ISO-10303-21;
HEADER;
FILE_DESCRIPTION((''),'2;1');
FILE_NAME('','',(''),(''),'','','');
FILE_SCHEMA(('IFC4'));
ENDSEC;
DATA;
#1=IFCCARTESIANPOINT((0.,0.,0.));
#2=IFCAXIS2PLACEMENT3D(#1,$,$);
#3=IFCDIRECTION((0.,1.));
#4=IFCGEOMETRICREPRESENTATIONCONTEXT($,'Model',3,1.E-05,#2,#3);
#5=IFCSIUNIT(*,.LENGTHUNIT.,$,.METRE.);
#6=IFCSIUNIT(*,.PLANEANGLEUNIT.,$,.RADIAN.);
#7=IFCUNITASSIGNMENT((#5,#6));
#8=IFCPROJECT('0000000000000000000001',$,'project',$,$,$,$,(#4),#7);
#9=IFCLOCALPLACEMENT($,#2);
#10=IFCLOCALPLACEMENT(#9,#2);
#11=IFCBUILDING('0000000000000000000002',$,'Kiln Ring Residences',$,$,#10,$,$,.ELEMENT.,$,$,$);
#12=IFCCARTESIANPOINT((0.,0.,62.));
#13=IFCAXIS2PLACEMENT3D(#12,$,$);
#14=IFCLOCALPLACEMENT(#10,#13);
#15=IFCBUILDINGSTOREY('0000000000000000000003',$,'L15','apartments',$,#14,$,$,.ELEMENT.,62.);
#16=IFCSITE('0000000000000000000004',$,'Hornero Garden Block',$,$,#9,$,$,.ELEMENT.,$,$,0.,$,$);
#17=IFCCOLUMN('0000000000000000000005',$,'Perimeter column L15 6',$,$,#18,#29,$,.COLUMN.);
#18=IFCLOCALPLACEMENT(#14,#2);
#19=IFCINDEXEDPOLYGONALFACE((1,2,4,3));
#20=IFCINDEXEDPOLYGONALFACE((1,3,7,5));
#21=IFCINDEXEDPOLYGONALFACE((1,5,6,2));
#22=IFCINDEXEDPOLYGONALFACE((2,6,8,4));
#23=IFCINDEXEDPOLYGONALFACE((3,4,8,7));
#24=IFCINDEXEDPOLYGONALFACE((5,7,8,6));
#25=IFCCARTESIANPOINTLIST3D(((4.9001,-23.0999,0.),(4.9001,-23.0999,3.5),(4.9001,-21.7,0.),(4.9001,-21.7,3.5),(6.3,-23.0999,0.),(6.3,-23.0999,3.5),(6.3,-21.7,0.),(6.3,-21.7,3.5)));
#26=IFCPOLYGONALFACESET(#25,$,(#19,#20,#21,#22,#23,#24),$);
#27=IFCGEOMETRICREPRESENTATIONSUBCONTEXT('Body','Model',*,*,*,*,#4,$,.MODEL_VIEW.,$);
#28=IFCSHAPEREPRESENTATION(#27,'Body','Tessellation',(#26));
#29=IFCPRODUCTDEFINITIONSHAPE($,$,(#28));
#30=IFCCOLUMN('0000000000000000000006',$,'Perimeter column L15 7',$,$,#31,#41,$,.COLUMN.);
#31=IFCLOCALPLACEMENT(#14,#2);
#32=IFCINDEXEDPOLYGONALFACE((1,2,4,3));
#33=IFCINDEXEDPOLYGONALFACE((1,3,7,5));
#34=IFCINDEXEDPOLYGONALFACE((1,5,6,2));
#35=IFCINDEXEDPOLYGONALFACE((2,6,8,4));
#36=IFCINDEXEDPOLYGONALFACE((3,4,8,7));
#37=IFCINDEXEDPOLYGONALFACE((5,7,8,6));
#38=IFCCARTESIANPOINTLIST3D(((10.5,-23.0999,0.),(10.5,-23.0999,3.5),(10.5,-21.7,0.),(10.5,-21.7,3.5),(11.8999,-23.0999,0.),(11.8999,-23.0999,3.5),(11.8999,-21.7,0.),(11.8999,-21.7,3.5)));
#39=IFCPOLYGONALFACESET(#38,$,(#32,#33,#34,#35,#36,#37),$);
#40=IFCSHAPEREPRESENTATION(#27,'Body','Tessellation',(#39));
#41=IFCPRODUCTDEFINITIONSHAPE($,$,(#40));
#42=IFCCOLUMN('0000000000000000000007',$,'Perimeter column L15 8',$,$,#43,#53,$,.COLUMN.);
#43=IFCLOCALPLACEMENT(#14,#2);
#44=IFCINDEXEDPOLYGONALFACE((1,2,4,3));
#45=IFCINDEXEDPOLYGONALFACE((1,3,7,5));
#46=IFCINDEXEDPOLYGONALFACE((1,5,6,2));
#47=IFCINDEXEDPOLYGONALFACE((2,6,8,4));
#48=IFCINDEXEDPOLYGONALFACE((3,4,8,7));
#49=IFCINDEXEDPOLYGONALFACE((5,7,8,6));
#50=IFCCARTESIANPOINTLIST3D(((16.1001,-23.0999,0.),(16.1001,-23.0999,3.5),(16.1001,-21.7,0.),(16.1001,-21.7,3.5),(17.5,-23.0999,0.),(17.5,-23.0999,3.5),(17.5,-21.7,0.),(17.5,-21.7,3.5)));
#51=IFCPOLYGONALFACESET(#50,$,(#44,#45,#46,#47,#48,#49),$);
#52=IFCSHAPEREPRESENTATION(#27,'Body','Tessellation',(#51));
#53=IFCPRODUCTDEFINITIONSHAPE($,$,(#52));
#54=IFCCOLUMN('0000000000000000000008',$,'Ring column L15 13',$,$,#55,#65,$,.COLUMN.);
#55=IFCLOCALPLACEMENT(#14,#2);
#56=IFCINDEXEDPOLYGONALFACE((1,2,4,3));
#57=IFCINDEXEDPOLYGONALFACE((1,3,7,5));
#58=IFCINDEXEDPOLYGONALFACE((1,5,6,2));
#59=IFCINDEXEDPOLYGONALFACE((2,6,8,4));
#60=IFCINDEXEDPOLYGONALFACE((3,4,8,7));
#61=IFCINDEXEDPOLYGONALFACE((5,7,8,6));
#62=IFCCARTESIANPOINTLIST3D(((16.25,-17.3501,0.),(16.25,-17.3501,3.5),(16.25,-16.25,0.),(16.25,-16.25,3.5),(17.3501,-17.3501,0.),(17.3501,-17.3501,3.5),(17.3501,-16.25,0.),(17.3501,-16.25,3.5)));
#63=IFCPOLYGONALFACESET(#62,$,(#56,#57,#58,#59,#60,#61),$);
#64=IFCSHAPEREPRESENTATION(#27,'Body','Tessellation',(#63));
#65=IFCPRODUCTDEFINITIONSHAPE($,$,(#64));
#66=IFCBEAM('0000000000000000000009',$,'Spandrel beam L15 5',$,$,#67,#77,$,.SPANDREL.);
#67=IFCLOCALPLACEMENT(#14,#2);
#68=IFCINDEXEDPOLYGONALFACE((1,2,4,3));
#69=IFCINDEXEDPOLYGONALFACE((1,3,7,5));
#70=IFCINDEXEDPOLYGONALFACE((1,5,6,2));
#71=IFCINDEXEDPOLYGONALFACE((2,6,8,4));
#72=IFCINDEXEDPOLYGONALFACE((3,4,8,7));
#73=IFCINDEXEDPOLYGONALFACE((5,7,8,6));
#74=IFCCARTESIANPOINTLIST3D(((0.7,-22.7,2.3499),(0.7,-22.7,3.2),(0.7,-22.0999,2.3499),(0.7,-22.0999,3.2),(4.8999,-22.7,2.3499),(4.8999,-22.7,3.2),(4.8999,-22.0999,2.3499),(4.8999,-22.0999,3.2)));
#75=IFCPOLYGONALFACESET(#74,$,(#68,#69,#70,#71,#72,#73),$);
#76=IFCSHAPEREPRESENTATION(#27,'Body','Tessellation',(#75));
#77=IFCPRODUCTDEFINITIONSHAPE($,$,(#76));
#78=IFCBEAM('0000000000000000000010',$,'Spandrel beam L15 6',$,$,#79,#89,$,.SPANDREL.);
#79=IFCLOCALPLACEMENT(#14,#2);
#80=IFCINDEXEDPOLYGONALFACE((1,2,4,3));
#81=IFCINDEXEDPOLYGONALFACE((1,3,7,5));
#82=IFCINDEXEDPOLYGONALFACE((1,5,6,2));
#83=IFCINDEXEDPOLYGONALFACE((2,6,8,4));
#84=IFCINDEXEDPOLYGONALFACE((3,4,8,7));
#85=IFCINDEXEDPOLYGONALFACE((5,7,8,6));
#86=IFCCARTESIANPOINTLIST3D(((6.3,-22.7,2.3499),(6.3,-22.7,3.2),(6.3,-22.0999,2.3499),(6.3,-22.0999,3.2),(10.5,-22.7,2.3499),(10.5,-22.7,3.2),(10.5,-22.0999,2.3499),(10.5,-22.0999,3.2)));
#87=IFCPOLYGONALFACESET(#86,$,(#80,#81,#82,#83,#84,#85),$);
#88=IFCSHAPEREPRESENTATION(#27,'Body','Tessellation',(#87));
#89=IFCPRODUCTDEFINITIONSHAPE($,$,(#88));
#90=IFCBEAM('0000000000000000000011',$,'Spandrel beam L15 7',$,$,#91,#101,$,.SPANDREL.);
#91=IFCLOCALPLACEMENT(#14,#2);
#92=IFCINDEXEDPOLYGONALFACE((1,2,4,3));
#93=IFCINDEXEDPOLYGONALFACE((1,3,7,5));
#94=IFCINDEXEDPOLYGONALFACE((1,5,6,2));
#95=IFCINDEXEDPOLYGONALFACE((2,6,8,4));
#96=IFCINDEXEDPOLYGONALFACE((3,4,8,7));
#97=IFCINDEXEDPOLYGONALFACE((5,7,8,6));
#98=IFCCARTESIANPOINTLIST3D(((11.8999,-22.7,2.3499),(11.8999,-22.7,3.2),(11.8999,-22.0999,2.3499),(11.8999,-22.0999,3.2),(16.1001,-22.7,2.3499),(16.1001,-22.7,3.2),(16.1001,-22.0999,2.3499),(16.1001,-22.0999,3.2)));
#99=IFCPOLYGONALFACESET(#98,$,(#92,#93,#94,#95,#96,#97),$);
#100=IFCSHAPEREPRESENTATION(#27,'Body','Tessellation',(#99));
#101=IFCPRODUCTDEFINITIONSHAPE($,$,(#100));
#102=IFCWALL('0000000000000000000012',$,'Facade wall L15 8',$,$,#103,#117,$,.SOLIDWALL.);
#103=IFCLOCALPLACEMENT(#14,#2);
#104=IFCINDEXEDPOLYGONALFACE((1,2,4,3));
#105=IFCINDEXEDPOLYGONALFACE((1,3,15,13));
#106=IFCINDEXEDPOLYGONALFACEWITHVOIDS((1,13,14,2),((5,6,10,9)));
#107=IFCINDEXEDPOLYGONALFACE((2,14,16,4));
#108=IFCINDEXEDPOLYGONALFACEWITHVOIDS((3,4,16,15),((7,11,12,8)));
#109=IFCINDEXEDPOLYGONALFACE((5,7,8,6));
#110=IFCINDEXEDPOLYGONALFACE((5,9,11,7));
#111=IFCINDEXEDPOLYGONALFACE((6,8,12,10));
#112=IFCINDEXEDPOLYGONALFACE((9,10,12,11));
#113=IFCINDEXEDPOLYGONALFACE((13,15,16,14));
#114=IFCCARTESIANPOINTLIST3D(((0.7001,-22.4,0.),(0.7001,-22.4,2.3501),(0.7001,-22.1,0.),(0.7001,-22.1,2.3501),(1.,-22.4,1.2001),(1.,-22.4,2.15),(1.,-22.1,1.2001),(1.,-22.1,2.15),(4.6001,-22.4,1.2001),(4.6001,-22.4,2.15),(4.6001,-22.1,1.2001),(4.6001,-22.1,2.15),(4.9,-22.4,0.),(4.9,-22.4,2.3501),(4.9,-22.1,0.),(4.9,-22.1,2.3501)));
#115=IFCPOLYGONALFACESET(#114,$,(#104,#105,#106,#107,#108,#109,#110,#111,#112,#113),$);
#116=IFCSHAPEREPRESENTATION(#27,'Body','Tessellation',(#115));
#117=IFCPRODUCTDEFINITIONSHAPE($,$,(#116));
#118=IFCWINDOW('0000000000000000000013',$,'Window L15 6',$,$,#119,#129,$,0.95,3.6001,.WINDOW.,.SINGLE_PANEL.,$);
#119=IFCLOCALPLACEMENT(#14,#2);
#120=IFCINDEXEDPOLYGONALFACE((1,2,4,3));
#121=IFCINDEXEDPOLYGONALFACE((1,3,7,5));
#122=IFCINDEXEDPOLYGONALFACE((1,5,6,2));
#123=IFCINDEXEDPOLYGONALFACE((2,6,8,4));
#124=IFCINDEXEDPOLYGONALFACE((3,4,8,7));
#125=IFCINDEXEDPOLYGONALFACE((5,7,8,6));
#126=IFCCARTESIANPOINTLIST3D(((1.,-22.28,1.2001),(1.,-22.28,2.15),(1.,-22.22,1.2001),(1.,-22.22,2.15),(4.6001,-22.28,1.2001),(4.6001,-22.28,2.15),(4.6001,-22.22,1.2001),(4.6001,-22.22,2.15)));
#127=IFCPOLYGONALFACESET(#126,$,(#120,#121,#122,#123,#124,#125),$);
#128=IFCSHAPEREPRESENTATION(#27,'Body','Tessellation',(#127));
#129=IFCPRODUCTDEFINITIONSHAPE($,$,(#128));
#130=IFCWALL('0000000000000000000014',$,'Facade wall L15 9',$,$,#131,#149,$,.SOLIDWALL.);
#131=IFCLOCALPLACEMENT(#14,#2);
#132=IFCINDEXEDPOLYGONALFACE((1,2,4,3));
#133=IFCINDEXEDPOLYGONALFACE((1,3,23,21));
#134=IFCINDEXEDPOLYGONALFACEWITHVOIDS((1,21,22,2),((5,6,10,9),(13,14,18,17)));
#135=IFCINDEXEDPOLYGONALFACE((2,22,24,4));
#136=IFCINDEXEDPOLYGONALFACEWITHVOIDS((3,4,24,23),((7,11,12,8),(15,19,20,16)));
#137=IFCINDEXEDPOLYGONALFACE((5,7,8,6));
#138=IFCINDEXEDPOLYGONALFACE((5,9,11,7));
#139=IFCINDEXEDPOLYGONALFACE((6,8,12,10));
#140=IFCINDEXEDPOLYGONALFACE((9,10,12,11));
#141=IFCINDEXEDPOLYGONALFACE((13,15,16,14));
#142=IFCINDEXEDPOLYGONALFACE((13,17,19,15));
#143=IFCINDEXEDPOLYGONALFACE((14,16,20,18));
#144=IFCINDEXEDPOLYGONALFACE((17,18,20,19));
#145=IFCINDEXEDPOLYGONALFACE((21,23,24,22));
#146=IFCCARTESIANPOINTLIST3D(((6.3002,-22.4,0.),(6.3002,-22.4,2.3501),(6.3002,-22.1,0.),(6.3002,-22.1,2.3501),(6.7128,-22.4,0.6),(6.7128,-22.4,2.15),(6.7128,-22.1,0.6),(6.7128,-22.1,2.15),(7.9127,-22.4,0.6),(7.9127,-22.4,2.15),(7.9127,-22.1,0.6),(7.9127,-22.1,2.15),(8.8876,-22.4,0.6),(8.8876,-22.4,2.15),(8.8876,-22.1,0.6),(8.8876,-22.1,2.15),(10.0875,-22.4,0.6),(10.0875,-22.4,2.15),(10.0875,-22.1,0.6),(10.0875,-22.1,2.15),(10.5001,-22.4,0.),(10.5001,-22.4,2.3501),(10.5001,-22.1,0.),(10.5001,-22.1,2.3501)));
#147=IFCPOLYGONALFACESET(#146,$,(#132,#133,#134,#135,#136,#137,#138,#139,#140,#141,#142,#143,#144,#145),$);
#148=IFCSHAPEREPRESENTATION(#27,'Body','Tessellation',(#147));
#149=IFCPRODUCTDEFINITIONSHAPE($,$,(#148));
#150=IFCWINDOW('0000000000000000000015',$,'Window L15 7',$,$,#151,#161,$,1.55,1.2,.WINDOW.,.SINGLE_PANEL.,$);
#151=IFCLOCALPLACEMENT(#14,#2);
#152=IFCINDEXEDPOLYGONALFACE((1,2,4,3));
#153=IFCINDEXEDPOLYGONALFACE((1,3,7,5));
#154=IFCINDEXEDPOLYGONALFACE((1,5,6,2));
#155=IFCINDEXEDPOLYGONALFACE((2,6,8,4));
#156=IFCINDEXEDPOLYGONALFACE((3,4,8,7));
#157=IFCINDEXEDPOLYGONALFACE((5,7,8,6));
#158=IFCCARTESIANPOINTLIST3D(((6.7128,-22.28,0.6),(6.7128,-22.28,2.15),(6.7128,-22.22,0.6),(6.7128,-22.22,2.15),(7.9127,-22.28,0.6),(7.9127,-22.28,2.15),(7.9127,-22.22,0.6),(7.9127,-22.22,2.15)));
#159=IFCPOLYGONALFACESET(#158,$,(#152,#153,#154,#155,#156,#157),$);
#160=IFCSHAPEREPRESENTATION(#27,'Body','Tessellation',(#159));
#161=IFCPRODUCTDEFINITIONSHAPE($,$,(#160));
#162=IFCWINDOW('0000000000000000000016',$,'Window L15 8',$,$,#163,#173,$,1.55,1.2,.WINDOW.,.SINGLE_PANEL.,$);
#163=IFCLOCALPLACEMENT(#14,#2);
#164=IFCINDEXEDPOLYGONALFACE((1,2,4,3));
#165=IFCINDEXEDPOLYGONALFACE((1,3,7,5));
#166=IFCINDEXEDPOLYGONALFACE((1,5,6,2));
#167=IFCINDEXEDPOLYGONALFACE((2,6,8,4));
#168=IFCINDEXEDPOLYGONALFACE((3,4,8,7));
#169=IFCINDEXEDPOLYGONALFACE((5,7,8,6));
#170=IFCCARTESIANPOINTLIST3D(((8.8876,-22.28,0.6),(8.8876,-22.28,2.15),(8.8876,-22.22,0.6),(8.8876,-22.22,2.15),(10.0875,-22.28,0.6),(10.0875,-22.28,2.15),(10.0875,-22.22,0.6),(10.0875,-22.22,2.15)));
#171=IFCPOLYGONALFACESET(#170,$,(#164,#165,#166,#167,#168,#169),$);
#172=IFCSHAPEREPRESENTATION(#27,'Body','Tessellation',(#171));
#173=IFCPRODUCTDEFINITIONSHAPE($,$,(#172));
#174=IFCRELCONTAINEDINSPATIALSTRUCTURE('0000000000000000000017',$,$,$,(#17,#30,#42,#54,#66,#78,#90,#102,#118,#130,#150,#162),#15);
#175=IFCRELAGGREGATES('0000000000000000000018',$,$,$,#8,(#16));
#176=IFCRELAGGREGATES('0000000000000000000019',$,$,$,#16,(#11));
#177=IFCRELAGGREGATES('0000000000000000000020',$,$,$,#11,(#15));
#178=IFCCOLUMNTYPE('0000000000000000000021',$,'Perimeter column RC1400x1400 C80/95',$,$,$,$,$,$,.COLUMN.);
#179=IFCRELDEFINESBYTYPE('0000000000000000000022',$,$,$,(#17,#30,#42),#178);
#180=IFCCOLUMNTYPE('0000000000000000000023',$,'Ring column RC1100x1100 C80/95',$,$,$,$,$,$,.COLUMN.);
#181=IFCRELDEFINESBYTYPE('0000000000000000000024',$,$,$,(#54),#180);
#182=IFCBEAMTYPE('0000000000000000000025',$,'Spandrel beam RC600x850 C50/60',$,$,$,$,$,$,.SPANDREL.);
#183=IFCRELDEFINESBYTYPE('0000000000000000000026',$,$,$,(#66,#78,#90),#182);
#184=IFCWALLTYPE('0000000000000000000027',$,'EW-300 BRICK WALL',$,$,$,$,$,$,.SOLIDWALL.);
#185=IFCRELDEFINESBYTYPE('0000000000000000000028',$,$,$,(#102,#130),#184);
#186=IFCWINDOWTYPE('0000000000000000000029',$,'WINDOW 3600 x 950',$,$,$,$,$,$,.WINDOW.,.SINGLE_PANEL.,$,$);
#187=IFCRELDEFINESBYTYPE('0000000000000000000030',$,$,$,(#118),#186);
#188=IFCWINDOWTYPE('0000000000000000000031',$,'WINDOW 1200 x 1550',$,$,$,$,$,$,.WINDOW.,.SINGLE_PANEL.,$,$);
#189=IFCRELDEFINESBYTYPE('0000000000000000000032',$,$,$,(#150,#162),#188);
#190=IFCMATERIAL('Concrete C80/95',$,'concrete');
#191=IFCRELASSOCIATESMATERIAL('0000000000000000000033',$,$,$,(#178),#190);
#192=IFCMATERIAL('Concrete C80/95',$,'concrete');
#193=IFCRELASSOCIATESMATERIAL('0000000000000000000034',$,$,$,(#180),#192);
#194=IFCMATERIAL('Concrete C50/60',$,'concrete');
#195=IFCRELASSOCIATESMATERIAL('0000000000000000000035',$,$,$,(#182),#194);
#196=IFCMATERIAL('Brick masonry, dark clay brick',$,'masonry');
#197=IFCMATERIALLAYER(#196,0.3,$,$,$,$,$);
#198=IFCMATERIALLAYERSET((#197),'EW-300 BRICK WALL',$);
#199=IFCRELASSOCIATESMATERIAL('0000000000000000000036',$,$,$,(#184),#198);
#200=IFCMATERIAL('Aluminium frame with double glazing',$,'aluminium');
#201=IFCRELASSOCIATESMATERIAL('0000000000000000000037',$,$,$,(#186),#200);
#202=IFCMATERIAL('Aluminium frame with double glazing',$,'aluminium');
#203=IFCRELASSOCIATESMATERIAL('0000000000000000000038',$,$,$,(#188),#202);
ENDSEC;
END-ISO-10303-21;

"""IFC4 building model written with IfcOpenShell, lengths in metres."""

from ifc_helpers import new_model, si_unit, direction, frame, frame_2d, origin, origin_2d, place, context, subcontext, project, spatial, rectangle, extrude, material, layer, layer_set, material_profile, profile_set, type_object, element, fill, save


model = new_model("IFC4")

# Units and contexts
model_context = context("Model", 3, precision=1e-05, world=origin(), true_north=direction((0.0, 1.0)))
body_context = subcontext(model_context, "Body", "Model", "MODEL_VIEW")
ifc_project = project(units=[si_unit("LENGTHUNIT", "METRE"), si_unit("PLANEANGLEUNIT", "RADIAN")], contexts=[model_context])

# Site, building, storey
site_placement = place(None, origin())
site = spatial("IfcSite", under=ifc_project, at=site_placement, Name="Hornero Garden Block", CompositionType="ELEMENT", RefElevation=0.0)
building_placement = place(site_placement, origin())
building = spatial("IfcBuilding", under=site, at=building_placement, Name="Kiln Ring Residences", CompositionType="ELEMENT")
storey_placement = place(building_placement, frame((0.0, 0.0, 62.0)))
storey = spatial("IfcBuildingStorey", under=building, at=storey_placement, Name="L15", Description="apartments", CompositionType="ELEMENT", Elevation=62.0)

# Columns
ifc_material_1 = material(Name="Concrete C80/95", Category="concrete")
ifc_material_profile_1 = material_profile(ifc_material_1, rectangle(XDim=1.3999, YDim=1.3999, at=origin_2d()), Name="RC1400x1400")
ifc_profile_set_1 = profile_set([ifc_material_profile_1], Name="Concrete C80/95")
column_type_1 = type_object("IfcColumnType", Name="Perimeter column RC1400x1400 C80/95", PredefinedType="COLUMN", material=ifc_profile_set_1)
for number, where, z_axis, x_axis, name in (
    (1, (5.6001, -22.3999, 0.0), (0.0, 0.0, 1.0), (1.0, 0.0, 0.0), "Perimeter column L15 6"),
    (2, (11.2, -22.3999, 0.0), (0.0, 0.0, 1.0), (1.0, 0.0, 0.0), "Perimeter column L15 7"),
    (3, (16.8, -22.3999, 0.0), (0.0, 0.0, 1.0), (1.0, 0.0, 0.0), "Perimeter column L15 8"),
):
    element("IfcColumn", number, at=place(storey_placement, frame(where, z_axis=z_axis, x_axis=x_axis)), inside=storey, type_object=column_type_1, Name=name, PredefinedType="COLUMN", context=body_context, shape_type="SweptSolid", body=[
        extrude(rectangle(XDim=1.3999, YDim=1.3999, at=origin_2d()), origin(), (0.0, 0.0, 1.0), 3.5),
    ])
ifc_material_2 = material(Name="Concrete C80/95", Category="concrete")
ifc_material_profile_2 = material_profile(ifc_material_2, rectangle(XDim=1.1001, YDim=1.1001, at=origin_2d()), Name="RC1100x1100")
ifc_profile_set_2 = profile_set([ifc_material_profile_2], Name="Concrete C80/95")
column_type_2 = type_object("IfcColumnType", Name="Ring column RC1100x1100 C80/95", PredefinedType="COLUMN", material=ifc_profile_set_2)
column_placement = place(storey_placement, frame((16.8, -16.8, 0.0), z_axis=(0.0, 0.0, 1.0), x_axis=(1.0, 0.0, 0.0)))
element("IfcColumn", 4, at=column_placement, inside=storey, type_object=column_type_2, Name="Ring column L15 13", PredefinedType="COLUMN", context=body_context, shape_type="SweptSolid", body=[
    extrude(rectangle(XDim=1.1001, YDim=1.1001, at=origin_2d()), origin(), (0.0, 0.0, 1.0), 3.5),
])

# Beams
ifc_material_3 = material(Name="Concrete C50/60", Category="concrete")
ifc_material_profile_3 = material_profile(ifc_material_3, rectangle(XDim=0.6001, YDim=0.8501, at=origin_2d()), Name="RC600x850")
ifc_profile_set_3 = profile_set([ifc_material_profile_3], Name="Concrete C50/60")
beam_type = type_object("IfcBeamType", Name="Spandrel beam RC600x850 C50/60", PredefinedType="SPANDREL", material=ifc_profile_set_3)
for number, where, z_axis, x_axis, name in (
    (5, (0.7, -22.3999, 2.7749), (1.0, 0.0, 0.0), (0.0, 1.0, 0.0), "Spandrel beam L15 5"),
    (6, (6.3, -22.3999, 2.7749), (1.0, 0.0, 0.0), (0.0, 1.0, 0.0), "Spandrel beam L15 6"),
):
    element("IfcBeam", number, at=place(storey_placement, frame(where, z_axis=z_axis, x_axis=x_axis)), inside=storey, type_object=beam_type, Name=name, PredefinedType="SPANDREL", context=body_context, shape_type="SweptSolid", body=[
        extrude(rectangle(XDim=0.6001, YDim=0.8501, at=origin_2d()), origin(), (0.0, 0.0, 1.0), 4.2),
    ])
beam_placement = place(storey_placement, frame((11.8999, -22.3999, 2.7749), z_axis=(1.0, 0.0, 0.0), x_axis=(0.0, 1.0, 0.0)))
element("IfcBeam", 7, at=beam_placement, inside=storey, type_object=beam_type, Name="Spandrel beam L15 7", PredefinedType="SPANDREL", context=body_context, shape_type="SweptSolid", body=[
    extrude(rectangle(XDim=0.6001, YDim=0.8501, at=origin_2d()), origin(), (0.0, 0.0, 1.0), 4.2002),
])

# Wall, opening, window
ifc_material_4 = material(Name="Brick masonry, dark clay brick", Category="masonry")
ifc_layer_1 = layer(ifc_material_4, 0.3)
ifc_layer_set_1 = layer_set([ifc_layer_1], Name="EW-300 BRICK WALL")
wall_type_1 = type_object("IfcWallType", Name="EW-300 BRICK WALL", PredefinedType="SOLIDWALL", material=ifc_layer_set_1)
wall_1_placement = place(storey_placement, frame((0.7, -22.25, 0.0), z_axis=(0.0, 0.0, 1.0), x_axis=(1.0, 0.0, 0.0)))
wall_1 = element("IfcWall", 8, at=wall_1_placement, inside=storey, type_object=wall_type_1, Name="Facade wall L15 8", PredefinedType="SOLIDWALL", context=body_context, shape_type="SweptSolid", body=[
    extrude(rectangle(XDim=4.2, YDim=0.3, at=frame_2d((2.1001, 0.0))), origin(), (0.0, 0.0, 1.0), 2.3501),
])
opening_1_placement = place(wall_1_placement, frame((0.3, 0.0, 1.2)))
opening_1 = element("IfcOpeningElement", 9, at=opening_1_placement, cuts=wall_1, PredefinedType="OPENING", context=body_context, shape_type="SweptSolid", body=[
    extrude(rectangle(XDim=3.6001, YDim=0.95, at=frame_2d((1.8, 0.4751))), frame((0.0, 0.1599, 0.0), z_axis=(0.0, -1.0, 0.0), x_axis=(1.0, 0.0, 0.0)), (0.0, 0.0, 1.0), 0.3201),
])
ifc_material_5 = material(Name="Aluminium frame with double glazing", Category="aluminium")
window_type_1 = type_object("IfcWindowType", Name="WINDOW 3600 x 950", PartitioningType="SINGLE_PANEL", PredefinedType="WINDOW", material=ifc_material_5)
window_1_placement = place(opening_1_placement, origin())
window_1 = element("IfcWindow", 10, at=window_1_placement, inside=storey, type_object=window_type_1, Name="Window L15 6", OverallHeight=0.95, OverallWidth=3.6001, PartitioningType="SINGLE_PANEL", PredefinedType="WINDOW", context=body_context, shape_type="SweptSolid", body=[
    extrude(rectangle(XDim=3.6001, YDim=0.95, at=frame_2d((1.8, 0.4751))), frame((0.0, 0.03, 0.0), z_axis=(0.0, -1.0, 0.0), x_axis=(1.0, 0.0, 0.0)), (0.0, 0.0, 1.0), 0.0601),
])
fill(opening_1, window_1)

# Wall, openings, windows
wall_2_placement = place(storey_placement, frame((6.3, -22.25, 0.0), z_axis=(0.0, 0.0, 1.0), x_axis=(1.0, 0.0, 0.0)))
wall_2 = element("IfcWall", 11, at=wall_2_placement, inside=storey, type_object=wall_type_1, Name="Facade wall L15 9", PredefinedType="SOLIDWALL", context=body_context, shape_type="SweptSolid", body=[
    extrude(rectangle(XDim=4.2, YDim=0.3, at=frame_2d((2.1001, 0.0))), origin(), (0.0, 0.0, 1.0), 2.3501),
])
opening_2_placement = place(wall_2_placement, frame((0.4126, 0.0, 0.6001)))
opening_2 = element("IfcOpeningElement", 12, at=opening_2_placement, cuts=wall_2, PredefinedType="OPENING", context=body_context, shape_type="SweptSolid", body=[
    extrude(rectangle(XDim=1.2, YDim=1.55, at=frame_2d((0.6001, 0.7749))), frame((0.0, 0.1599, 0.0), z_axis=(0.0, -1.0, 0.0), x_axis=(1.0, 0.0, 0.0)), (0.0, 0.0, 1.0), 0.3201),
])
opening_3_placement = place(wall_2_placement, frame((2.5874, 0.0, 0.6001)))
opening_3 = element("IfcOpeningElement", 13, at=opening_3_placement, cuts=wall_2, PredefinedType="OPENING", context=body_context, shape_type="SweptSolid", body=[
    extrude(rectangle(XDim=1.2, YDim=1.55, at=frame_2d((0.6001, 0.7749))), frame((0.0, 0.1599, 0.0), z_axis=(0.0, -1.0, 0.0), x_axis=(1.0, 0.0, 0.0)), (0.0, 0.0, 1.0), 0.3201),
])
ifc_material_6 = material(Name="Aluminium frame with double glazing", Category="aluminium")
window_type_2 = type_object("IfcWindowType", Name="WINDOW 1200 x 1550", PartitioningType="SINGLE_PANEL", PredefinedType="WINDOW", material=ifc_material_6)
window_2_placement = place(opening_2_placement, origin())
window_2 = element("IfcWindow", 14, at=window_2_placement, inside=storey, type_object=window_type_2, Name="Window L15 7", OverallHeight=1.55, OverallWidth=1.2, PartitioningType="SINGLE_PANEL", PredefinedType="WINDOW", context=body_context, shape_type="SweptSolid", body=[
    extrude(rectangle(XDim=1.2, YDim=1.55, at=frame_2d((0.6001, 0.7749))), frame((0.0, 0.03, 0.0), z_axis=(0.0, -1.0, 0.0), x_axis=(1.0, 0.0, 0.0)), (0.0, 0.0, 1.0), 0.0601),
])
fill(opening_2, window_2)
window_3_placement = place(opening_3_placement, origin())
window_3 = element("IfcWindow", 15, at=window_3_placement, inside=storey, type_object=window_type_2, Name="Window L15 8", OverallHeight=1.55, OverallWidth=1.2, PartitioningType="SINGLE_PANEL", PredefinedType="WINDOW", context=body_context, shape_type="SweptSolid", body=[
    extrude(rectangle(XDim=1.2, YDim=1.55, at=frame_2d((0.6001, 0.7749))), frame((0.0, 0.03, 0.0), z_axis=(0.0, -1.0, 0.0), x_axis=(1.0, 0.0, 0.0)), (0.0, 0.0, 1.0), 0.0601),
])
fill(opening_3, window_3)

save(model, "model.ifc")
